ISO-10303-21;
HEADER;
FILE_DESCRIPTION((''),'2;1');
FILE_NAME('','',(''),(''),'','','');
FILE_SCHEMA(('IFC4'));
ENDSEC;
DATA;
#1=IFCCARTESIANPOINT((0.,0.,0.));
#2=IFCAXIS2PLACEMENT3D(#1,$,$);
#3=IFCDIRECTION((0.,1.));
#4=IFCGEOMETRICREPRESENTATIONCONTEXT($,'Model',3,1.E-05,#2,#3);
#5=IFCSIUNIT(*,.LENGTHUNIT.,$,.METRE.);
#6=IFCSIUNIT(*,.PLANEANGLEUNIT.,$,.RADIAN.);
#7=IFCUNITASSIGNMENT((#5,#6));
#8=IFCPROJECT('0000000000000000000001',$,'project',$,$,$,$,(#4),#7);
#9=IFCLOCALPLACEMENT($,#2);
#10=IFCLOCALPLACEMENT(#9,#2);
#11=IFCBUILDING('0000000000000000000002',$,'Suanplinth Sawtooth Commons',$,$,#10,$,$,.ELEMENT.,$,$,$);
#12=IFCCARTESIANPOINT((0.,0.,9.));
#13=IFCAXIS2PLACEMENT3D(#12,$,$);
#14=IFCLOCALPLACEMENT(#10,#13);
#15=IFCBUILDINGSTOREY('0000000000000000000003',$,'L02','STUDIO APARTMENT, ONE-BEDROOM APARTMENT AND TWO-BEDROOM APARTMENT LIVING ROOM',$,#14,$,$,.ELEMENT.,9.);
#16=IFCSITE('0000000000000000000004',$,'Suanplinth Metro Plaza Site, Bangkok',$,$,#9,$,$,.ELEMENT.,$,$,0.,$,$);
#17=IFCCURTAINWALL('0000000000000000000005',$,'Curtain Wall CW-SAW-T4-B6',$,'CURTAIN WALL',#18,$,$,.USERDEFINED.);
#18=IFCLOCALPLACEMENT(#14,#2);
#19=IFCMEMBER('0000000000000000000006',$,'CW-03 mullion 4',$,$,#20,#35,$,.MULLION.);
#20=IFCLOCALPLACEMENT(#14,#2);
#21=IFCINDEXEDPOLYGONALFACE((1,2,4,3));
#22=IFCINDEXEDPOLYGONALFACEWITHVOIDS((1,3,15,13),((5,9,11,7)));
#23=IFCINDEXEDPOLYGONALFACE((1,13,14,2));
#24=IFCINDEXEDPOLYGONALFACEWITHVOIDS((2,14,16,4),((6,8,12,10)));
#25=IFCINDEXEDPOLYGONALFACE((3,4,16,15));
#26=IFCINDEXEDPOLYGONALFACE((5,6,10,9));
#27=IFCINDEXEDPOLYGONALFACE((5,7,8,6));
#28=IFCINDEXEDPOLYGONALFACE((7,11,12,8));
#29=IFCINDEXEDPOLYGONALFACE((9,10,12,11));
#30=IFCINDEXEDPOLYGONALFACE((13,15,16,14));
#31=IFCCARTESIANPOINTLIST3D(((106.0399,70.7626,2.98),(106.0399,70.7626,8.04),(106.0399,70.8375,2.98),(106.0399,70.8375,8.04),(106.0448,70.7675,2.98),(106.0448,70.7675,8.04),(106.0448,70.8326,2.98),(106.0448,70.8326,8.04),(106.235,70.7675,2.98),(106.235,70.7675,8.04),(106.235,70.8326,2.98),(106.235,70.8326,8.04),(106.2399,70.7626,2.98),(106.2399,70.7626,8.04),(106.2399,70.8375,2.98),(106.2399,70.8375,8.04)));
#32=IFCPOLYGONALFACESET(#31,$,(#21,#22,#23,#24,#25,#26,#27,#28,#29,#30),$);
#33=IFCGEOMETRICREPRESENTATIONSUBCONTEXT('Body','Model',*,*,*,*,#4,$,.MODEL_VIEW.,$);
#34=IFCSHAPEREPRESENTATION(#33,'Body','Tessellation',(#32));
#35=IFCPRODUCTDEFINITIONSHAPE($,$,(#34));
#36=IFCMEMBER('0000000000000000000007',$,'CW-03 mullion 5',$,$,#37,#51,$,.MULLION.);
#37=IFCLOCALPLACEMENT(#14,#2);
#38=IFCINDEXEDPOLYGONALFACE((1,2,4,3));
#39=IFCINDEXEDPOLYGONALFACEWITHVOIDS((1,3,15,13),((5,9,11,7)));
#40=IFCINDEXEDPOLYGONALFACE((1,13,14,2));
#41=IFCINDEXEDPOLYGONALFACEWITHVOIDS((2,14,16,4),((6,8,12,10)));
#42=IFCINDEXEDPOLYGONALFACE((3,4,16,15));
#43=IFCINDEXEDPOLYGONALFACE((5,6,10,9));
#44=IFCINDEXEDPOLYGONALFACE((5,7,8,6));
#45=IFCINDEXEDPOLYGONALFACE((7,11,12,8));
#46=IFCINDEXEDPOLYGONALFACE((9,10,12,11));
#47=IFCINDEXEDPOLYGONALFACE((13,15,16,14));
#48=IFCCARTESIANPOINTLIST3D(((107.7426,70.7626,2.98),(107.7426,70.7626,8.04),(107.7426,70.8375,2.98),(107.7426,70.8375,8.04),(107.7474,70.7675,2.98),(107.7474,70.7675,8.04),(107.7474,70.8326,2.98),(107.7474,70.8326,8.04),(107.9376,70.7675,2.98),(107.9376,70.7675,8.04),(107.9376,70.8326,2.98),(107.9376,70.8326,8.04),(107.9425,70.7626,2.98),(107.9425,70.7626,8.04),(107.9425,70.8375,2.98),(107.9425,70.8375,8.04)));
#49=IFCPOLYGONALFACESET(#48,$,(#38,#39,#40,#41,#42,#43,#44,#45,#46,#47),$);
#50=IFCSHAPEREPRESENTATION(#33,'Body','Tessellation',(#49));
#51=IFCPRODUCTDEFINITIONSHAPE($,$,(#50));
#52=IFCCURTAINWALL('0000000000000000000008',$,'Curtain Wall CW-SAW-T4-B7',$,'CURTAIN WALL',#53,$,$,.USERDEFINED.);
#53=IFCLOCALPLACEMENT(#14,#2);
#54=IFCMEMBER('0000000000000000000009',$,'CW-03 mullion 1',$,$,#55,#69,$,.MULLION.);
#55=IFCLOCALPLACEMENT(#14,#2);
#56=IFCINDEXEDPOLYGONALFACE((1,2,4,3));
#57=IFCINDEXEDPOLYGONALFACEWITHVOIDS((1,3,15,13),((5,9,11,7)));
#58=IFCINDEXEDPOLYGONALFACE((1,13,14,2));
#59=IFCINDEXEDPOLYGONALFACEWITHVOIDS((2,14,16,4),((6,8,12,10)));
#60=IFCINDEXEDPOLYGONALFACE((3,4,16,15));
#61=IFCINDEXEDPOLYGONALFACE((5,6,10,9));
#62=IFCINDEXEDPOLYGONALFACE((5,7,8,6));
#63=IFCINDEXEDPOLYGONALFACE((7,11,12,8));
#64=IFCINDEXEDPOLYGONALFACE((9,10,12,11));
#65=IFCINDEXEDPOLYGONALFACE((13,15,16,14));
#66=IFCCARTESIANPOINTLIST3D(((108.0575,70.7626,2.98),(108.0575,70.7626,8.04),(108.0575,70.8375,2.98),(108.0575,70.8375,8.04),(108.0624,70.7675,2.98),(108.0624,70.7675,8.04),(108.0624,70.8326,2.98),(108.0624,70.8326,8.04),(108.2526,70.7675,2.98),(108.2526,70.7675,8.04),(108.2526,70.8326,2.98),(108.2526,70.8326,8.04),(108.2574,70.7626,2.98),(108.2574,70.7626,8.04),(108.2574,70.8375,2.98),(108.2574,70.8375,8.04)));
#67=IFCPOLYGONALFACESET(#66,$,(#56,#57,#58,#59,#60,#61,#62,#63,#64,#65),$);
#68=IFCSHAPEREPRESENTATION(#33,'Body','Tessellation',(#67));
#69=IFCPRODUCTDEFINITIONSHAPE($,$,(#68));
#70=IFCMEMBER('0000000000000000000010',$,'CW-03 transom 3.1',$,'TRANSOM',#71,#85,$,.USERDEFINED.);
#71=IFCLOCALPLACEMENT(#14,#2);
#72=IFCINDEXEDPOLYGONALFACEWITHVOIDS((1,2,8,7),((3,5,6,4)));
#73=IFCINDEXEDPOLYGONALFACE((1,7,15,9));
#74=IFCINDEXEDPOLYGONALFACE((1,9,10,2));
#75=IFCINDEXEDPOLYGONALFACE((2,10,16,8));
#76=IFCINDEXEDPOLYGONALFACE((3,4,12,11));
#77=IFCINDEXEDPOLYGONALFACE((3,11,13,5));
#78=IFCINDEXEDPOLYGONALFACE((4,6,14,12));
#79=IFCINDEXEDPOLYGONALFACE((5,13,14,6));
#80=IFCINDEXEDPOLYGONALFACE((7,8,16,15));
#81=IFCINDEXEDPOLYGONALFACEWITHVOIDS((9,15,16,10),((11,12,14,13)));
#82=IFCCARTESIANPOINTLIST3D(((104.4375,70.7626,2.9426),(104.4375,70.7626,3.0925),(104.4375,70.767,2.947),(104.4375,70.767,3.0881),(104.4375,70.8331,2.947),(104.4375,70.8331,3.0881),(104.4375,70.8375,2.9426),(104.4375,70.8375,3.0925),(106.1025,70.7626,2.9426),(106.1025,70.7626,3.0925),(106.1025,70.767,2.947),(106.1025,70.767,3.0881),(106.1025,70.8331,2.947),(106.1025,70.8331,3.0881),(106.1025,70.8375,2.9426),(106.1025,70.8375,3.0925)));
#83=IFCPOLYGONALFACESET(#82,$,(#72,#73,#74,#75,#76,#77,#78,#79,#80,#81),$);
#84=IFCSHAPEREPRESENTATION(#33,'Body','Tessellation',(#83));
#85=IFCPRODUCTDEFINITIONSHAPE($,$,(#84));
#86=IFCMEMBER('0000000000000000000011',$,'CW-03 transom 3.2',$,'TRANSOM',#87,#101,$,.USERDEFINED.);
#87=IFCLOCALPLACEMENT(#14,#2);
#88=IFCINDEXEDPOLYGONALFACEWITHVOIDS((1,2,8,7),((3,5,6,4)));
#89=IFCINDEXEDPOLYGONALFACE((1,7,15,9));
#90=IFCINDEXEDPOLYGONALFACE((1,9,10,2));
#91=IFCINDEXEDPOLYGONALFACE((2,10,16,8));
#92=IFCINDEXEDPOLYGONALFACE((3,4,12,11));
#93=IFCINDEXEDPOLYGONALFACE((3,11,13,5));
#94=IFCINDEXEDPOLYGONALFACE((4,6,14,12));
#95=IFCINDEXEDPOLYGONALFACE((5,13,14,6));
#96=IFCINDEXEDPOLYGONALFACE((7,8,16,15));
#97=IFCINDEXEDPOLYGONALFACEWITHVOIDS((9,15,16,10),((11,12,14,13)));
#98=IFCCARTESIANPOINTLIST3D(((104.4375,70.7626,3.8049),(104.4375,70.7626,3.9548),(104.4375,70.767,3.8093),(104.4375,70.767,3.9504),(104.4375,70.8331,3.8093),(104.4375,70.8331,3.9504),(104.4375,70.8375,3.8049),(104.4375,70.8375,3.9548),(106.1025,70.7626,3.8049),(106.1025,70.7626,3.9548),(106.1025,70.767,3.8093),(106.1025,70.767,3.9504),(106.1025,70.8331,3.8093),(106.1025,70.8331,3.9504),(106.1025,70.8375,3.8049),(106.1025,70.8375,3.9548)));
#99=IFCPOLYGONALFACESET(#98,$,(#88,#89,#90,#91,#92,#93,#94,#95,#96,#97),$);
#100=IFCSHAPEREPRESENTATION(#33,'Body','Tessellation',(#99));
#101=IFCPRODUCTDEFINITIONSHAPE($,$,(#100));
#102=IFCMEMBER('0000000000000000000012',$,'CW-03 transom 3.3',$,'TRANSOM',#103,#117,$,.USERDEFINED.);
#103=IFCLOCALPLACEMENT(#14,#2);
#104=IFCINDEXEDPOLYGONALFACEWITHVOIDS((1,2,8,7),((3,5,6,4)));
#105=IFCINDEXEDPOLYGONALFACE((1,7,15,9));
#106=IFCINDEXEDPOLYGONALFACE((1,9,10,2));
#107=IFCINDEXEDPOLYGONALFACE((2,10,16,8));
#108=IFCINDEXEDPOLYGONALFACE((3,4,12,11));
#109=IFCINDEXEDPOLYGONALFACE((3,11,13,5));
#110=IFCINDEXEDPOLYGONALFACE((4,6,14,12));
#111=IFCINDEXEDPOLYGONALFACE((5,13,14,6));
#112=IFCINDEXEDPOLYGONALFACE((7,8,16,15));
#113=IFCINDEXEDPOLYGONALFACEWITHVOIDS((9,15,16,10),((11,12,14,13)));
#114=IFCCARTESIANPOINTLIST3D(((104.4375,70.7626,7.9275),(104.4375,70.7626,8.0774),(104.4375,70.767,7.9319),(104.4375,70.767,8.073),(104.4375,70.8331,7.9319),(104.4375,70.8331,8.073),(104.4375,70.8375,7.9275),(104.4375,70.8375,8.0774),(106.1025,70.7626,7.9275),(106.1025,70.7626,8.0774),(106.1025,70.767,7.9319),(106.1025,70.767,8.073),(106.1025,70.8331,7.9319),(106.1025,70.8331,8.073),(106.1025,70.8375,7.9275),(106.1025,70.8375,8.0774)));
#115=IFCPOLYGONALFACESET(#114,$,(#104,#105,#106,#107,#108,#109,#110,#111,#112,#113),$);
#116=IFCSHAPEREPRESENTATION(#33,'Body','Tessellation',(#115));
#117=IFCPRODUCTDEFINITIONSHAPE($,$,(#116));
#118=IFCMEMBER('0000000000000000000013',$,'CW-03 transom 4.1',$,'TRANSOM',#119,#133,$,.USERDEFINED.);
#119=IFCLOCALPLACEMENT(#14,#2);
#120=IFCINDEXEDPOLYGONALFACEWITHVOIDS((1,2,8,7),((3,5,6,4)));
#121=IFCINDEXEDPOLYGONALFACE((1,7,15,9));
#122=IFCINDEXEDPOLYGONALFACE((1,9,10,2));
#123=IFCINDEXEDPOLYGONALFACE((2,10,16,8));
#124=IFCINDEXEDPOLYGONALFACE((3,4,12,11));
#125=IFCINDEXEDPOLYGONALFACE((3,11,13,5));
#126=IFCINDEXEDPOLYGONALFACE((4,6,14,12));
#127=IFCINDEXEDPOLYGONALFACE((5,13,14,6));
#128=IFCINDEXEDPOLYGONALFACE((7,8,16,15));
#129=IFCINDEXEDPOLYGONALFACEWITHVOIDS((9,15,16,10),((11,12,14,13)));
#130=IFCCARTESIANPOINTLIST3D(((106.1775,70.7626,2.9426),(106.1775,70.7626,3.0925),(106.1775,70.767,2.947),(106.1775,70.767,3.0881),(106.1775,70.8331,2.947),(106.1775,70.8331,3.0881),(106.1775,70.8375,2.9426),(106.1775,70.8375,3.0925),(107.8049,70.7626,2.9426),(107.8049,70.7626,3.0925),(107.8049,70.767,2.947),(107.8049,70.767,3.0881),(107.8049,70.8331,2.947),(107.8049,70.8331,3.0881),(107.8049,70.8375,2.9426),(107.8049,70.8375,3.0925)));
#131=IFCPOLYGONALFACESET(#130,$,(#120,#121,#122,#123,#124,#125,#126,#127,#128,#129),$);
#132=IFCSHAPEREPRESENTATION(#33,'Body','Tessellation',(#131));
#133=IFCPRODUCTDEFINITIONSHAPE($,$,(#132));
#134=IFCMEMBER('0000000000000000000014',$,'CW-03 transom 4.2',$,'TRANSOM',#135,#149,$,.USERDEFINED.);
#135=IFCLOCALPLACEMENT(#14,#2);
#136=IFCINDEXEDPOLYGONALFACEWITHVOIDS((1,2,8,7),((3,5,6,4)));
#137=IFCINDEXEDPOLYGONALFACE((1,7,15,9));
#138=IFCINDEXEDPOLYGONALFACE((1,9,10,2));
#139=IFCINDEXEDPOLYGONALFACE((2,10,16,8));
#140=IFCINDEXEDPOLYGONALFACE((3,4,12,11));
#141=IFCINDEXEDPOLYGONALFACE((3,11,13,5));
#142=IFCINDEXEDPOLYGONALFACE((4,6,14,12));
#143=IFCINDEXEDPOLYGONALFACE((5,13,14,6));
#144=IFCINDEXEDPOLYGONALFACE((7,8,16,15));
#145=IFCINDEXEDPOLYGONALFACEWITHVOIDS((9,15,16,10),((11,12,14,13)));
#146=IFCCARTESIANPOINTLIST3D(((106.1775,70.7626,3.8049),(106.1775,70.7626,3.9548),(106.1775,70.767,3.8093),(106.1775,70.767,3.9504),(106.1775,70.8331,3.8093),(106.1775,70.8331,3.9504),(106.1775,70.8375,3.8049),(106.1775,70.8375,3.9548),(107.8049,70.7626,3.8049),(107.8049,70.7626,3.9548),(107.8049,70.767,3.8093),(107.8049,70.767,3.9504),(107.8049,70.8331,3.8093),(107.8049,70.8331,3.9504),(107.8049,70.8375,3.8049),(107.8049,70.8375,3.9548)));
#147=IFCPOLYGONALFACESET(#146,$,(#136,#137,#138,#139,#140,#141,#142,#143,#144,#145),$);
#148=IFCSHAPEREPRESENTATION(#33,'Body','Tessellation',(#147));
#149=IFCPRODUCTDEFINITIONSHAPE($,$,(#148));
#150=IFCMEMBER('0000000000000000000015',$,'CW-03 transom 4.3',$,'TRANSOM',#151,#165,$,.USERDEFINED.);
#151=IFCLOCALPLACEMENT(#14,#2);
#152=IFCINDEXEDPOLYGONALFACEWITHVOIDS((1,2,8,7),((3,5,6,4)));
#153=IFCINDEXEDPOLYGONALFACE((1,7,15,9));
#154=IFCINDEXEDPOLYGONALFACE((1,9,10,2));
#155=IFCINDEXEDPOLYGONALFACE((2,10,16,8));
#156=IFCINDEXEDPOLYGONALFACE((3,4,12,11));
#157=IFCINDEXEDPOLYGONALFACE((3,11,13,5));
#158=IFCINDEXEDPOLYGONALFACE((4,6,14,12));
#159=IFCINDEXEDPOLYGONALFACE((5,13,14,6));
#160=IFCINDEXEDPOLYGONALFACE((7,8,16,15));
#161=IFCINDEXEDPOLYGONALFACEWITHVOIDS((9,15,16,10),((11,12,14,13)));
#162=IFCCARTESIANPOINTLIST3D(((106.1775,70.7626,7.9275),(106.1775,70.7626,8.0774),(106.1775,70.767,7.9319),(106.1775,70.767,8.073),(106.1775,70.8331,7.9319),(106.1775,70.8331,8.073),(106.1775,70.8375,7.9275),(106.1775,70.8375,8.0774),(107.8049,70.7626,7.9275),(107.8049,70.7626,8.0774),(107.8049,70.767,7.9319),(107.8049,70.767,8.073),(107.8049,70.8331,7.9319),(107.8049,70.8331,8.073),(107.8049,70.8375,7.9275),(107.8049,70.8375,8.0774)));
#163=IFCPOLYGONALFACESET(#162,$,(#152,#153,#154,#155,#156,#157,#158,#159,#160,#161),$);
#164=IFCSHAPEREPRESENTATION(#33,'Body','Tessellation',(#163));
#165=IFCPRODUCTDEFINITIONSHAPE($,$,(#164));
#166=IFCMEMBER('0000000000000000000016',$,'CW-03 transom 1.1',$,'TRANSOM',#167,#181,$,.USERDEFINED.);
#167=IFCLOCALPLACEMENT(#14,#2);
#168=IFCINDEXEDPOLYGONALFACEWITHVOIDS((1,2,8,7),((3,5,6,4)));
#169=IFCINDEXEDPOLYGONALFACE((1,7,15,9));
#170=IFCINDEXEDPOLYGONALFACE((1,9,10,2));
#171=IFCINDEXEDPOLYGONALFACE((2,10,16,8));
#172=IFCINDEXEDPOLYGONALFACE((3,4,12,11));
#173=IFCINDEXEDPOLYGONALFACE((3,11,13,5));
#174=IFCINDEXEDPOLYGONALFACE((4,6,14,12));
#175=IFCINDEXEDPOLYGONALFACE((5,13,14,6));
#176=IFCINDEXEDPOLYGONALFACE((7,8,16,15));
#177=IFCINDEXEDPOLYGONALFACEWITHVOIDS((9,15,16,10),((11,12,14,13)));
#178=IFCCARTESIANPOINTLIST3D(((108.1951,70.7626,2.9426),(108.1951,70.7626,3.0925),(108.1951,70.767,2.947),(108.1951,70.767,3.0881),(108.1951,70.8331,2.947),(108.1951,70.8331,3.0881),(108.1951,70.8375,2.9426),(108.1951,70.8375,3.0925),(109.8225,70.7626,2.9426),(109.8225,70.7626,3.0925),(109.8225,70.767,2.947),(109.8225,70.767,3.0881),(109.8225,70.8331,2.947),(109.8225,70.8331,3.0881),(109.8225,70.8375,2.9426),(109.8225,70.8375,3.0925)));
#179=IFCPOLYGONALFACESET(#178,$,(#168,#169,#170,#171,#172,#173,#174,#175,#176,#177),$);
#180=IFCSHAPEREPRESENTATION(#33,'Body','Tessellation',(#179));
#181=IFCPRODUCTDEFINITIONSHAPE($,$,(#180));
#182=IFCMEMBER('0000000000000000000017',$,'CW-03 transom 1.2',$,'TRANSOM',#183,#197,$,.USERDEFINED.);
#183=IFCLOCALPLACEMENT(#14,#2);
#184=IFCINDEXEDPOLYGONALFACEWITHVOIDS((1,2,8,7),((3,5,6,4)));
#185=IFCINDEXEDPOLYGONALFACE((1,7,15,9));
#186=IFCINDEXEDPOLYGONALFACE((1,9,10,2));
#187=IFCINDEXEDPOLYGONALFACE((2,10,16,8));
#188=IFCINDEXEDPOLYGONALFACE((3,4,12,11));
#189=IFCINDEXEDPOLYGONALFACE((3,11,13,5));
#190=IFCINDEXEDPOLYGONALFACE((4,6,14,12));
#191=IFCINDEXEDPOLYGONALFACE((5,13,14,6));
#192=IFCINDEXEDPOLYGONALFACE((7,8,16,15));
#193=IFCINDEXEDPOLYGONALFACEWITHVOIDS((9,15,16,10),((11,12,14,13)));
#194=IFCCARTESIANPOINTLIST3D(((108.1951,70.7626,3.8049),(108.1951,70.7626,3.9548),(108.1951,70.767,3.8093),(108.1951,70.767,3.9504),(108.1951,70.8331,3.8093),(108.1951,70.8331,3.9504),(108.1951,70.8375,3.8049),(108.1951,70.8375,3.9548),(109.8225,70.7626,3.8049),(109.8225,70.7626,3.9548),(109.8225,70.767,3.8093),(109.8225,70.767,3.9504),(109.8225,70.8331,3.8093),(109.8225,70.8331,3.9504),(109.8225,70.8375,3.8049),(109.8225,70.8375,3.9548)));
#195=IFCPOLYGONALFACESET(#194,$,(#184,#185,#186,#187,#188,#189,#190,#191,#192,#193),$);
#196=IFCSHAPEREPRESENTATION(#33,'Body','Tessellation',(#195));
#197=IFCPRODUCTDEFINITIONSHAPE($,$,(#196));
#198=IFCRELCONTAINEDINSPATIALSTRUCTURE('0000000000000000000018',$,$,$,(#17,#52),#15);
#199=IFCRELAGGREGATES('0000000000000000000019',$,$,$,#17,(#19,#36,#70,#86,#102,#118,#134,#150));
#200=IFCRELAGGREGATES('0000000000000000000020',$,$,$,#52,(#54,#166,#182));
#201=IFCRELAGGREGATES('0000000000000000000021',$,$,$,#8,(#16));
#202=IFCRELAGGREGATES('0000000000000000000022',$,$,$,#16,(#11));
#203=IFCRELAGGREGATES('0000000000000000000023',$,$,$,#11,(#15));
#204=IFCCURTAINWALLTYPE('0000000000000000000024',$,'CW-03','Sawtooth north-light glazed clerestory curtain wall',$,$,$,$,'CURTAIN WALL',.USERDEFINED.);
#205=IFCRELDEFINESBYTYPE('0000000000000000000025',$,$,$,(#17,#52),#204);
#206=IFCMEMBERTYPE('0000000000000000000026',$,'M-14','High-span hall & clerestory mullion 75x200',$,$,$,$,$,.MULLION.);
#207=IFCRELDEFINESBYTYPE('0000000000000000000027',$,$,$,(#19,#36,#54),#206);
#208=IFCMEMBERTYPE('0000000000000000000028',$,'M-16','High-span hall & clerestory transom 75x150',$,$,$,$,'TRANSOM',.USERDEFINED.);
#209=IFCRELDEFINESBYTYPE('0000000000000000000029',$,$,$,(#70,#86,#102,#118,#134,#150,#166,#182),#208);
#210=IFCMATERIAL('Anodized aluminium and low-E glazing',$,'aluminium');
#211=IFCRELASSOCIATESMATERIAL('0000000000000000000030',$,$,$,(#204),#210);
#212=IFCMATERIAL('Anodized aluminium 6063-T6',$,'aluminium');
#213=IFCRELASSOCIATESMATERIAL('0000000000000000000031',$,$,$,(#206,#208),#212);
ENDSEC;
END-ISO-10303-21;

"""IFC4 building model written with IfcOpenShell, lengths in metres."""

from ifc_helpers import new_model, si_unit, direction, frame, origin, origin_2d, place, context, subcontext, project, spatial, hollow_rectangle, extrude, material, material_profile, profile_set, type_object, element, aggregate, save


model = new_model("IFC4")

# Units and contexts
model_context = context("Model", 3, precision=1e-05, world=origin(), true_north=direction((0.0, 1.0)))
body_context = subcontext(model_context, "Body", "Model", "MODEL_VIEW")
ifc_project = project(units=[si_unit("LENGTHUNIT", "METRE"), si_unit("PLANEANGLEUNIT", "RADIAN")], contexts=[model_context])

# Site, building, storey
site_placement = place(None, origin())
site = spatial("IfcSite", under=ifc_project, at=site_placement, Name="Suanplinth Metro Plaza Site, Bangkok", CompositionType="ELEMENT", RefElevation=0.0)
building_placement = place(site_placement, origin())
building = spatial("IfcBuilding", under=site, at=building_placement, Name="Suanplinth Sawtooth Commons", CompositionType="ELEMENT")
storey_placement = place(building_placement, frame((0.0, 0.0, 9.0)))
storey = spatial("IfcBuildingStorey", under=building, at=storey_placement, Name="L02", Description="STUDIO APARTMENT, ONE-BEDROOM APARTMENT AND TWO-BEDROOM APARTMENT LIVING ROOM", CompositionType="ELEMENT", Elevation=9.0)

# Curtain wall, members
ifc_material_1 = material(Name="Anodized aluminium and low-E glazing", Category="aluminium")
curtain_wall_type = type_object("IfcCurtainWallType", Name="CW-03", Description="Sawtooth north-light glazed clerestory curtain wall", ElementType="CURTAIN WALL", PredefinedType="USERDEFINED", material=ifc_material_1)
curtain_wall_1_placement = place(storey_placement, origin())
curtain_wall_1 = element("IfcCurtainWall", 1, at=curtain_wall_1_placement, inside=storey, type_object=curtain_wall_type, Name="Curtain Wall CW-SAW-T4-B6", ObjectType="CURTAIN WALL", PredefinedType="USERDEFINED")
ifc_material_2 = material(Name="Anodized aluminium 6063-T6", Category="aluminium")
ifc_material_profile_1 = material_profile(ifc_material_2, hollow_rectangle(XDim=0.075, YDim=0.2, WallThickness=0.0049, at=origin_2d()), Name="ALU-MUL 75x200")
ifc_profile_set_1 = profile_set([ifc_material_profile_1], Name="Anodized aluminium 6063-T6")
member_type_1 = type_object("IfcMemberType", Name="M-14", Description="High-span hall & clerestory mullion 75x200", PredefinedType="MULLION", material=ifc_profile_set_1)
member_1_placement = place(storey_placement, frame((106.1399, 70.8, 2.98), z_axis=(0.0, 0.0, 1.0), x_axis=(0.0, 1.0, 0.0)))
member_1 = element("IfcMember", 2, at=member_1_placement, type_object=member_type_1, Name="CW-03 mullion 4", PredefinedType="MULLION", context=body_context, shape_type="SweptSolid", body=[
    extrude(hollow_rectangle(XDim=0.075, YDim=0.2, WallThickness=0.0049, at=origin_2d()), origin(), (0.0, 0.0, 1.0), 5.0601),
])
member_2_placement = place(storey_placement, frame((107.8425, 70.8, 2.98), z_axis=(0.0, 0.0, 1.0), x_axis=(0.0, 1.0, 0.0)))
member_2 = element("IfcMember", 3, at=member_2_placement, type_object=member_type_1, Name="CW-03 mullion 5", PredefinedType="MULLION", context=body_context, shape_type="SweptSolid", body=[
    extrude(hollow_rectangle(XDim=0.075, YDim=0.2, WallThickness=0.0049, at=origin_2d()), origin(), (0.0, 0.0, 1.0), 5.0601),
])

# Curtain wall, member
curtain_wall_2_placement = place(storey_placement, origin())
curtain_wall_2 = element("IfcCurtainWall", 4, at=curtain_wall_2_placement, inside=storey, type_object=curtain_wall_type, Name="Curtain Wall CW-SAW-T4-B7", ObjectType="CURTAIN WALL", PredefinedType="USERDEFINED")
member_3_placement = place(storey_placement, frame((108.1575, 70.8, 2.98), z_axis=(0.0, 0.0, 1.0), x_axis=(0.0, 1.0, 0.0)))
member_3 = element("IfcMember", 5, at=member_3_placement, type_object=member_type_1, Name="CW-03 mullion 1", PredefinedType="MULLION", context=body_context, shape_type="SweptSolid", body=[
    extrude(hollow_rectangle(XDim=0.075, YDim=0.2, WallThickness=0.0049, at=origin_2d()), origin(), (0.0, 0.0, 1.0), 5.0601),
])

# Members
ifc_material_profile_2 = material_profile(ifc_material_2, hollow_rectangle(XDim=0.075, YDim=0.1499, WallThickness=0.0044, at=origin_2d()), Name="ALU-TRN 75x150")
ifc_profile_set_2 = profile_set([ifc_material_profile_2], Name="Anodized aluminium 6063-T6")
member_type_2 = type_object("IfcMemberType", Name="M-16", Description="High-span hall & clerestory transom 75x150", ElementType="TRANSOM", PredefinedType="USERDEFINED", material=ifc_profile_set_2)
member_4_placement = place(storey_placement, frame((104.4375, 70.8, 3.0176), z_axis=(1.0, 0.0, 0.0), x_axis=(0.0, 1.0, 0.0)))
member_4 = element("IfcMember", 6, at=member_4_placement, type_object=member_type_2, Name="CW-03 transom 3.1", ObjectType="TRANSOM", PredefinedType="USERDEFINED", context=body_context, shape_type="SweptSolid", body=[
    extrude(hollow_rectangle(XDim=0.075, YDim=0.1499, WallThickness=0.0044, at=origin_2d()), origin(), (0.0, 0.0, 1.0), 1.665),
])
member_5_placement = place(storey_placement, frame((104.4375, 70.8, 3.8799), z_axis=(1.0, 0.0, 0.0), x_axis=(0.0, 1.0, 0.0)))
member_5 = element("IfcMember", 7, at=member_5_placement, type_object=member_type_2, Name="CW-03 transom 3.2", ObjectType="TRANSOM", PredefinedType="USERDEFINED", context=body_context, shape_type="SweptSolid", body=[
    extrude(hollow_rectangle(XDim=0.075, YDim=0.1499, WallThickness=0.0044, at=origin_2d()), origin(), (0.0, 0.0, 1.0), 1.665),
])
member_6_placement = place(storey_placement, frame((104.4375, 70.8, 8.0024), z_axis=(1.0, 0.0, 0.0), x_axis=(0.0, 1.0, 0.0)))
member_6 = element("IfcMember", 8, at=member_6_placement, type_object=member_type_2, Name="CW-03 transom 3.3", ObjectType="TRANSOM", PredefinedType="USERDEFINED", context=body_context, shape_type="SweptSolid", body=[
    extrude(hollow_rectangle(XDim=0.075, YDim=0.1499, WallThickness=0.0044, at=origin_2d()), origin(), (0.0, 0.0, 1.0), 1.665),
])
member_7_placement = place(storey_placement, frame((106.1775, 70.8, 3.0176), z_axis=(1.0, 0.0, 0.0), x_axis=(0.0, 1.0, 0.0)))
member_7 = element("IfcMember", 9, at=member_7_placement, type_object=member_type_2, Name="CW-03 transom 4.1", ObjectType="TRANSOM", PredefinedType="USERDEFINED", context=body_context, shape_type="SweptSolid", body=[
    extrude(hollow_rectangle(XDim=0.075, YDim=0.1499, WallThickness=0.0044, at=origin_2d()), origin(), (0.0, 0.0, 1.0), 1.6274),
])
member_8_placement = place(storey_placement, frame((106.1775, 70.8, 3.8799), z_axis=(1.0, 0.0, 0.0), x_axis=(0.0, 1.0, 0.0)))
member_8 = element("IfcMember", 10, at=member_8_placement, type_object=member_type_2, Name="CW-03 transom 4.2", ObjectType="TRANSOM", PredefinedType="USERDEFINED", context=body_context, shape_type="SweptSolid", body=[
    extrude(hollow_rectangle(XDim=0.075, YDim=0.1499, WallThickness=0.0044, at=origin_2d()), origin(), (0.0, 0.0, 1.0), 1.6274),
])
member_9_placement = place(storey_placement, frame((106.1775, 70.8, 8.0024), z_axis=(1.0, 0.0, 0.0), x_axis=(0.0, 1.0, 0.0)))
member_9 = element("IfcMember", 11, at=member_9_placement, type_object=member_type_2, Name="CW-03 transom 4.3", ObjectType="TRANSOM", PredefinedType="USERDEFINED", context=body_context, shape_type="SweptSolid", body=[
    extrude(hollow_rectangle(XDim=0.075, YDim=0.1499, WallThickness=0.0044, at=origin_2d()), origin(), (0.0, 0.0, 1.0), 1.6274),
])
member_10_placement = place(storey_placement, frame((108.1951, 70.8, 3.0176), z_axis=(1.0, 0.0, 0.0), x_axis=(0.0, 1.0, 0.0)))
member_10 = element("IfcMember", 12, at=member_10_placement, type_object=member_type_2, Name="CW-03 transom 1.1", ObjectType="TRANSOM", PredefinedType="USERDEFINED", context=body_context, shape_type="SweptSolid", body=[
    extrude(hollow_rectangle(XDim=0.075, YDim=0.1499, WallThickness=0.0044, at=origin_2d()), origin(), (0.0, 0.0, 1.0), 1.6274),
])
member_11_placement = place(storey_placement, frame((108.1951, 70.8, 3.8799), z_axis=(1.0, 0.0, 0.0), x_axis=(0.0, 1.0, 0.0)))
member_11 = element("IfcMember", 13, at=member_11_placement, type_object=member_type_2, Name="CW-03 transom 1.2", ObjectType="TRANSOM", PredefinedType="USERDEFINED", context=body_context, shape_type="SweptSolid", body=[
    extrude(hollow_rectangle(XDim=0.075, YDim=0.1499, WallThickness=0.0044, at=origin_2d()), origin(), (0.0, 0.0, 1.0), 1.6274),
])

aggregate(curtain_wall_1, [member_1, member_2, member_4, member_5, member_6, member_7, member_8, member_9])
aggregate(curtain_wall_2, [member_3, member_10, member_11])

save(model, "model.ifc")
